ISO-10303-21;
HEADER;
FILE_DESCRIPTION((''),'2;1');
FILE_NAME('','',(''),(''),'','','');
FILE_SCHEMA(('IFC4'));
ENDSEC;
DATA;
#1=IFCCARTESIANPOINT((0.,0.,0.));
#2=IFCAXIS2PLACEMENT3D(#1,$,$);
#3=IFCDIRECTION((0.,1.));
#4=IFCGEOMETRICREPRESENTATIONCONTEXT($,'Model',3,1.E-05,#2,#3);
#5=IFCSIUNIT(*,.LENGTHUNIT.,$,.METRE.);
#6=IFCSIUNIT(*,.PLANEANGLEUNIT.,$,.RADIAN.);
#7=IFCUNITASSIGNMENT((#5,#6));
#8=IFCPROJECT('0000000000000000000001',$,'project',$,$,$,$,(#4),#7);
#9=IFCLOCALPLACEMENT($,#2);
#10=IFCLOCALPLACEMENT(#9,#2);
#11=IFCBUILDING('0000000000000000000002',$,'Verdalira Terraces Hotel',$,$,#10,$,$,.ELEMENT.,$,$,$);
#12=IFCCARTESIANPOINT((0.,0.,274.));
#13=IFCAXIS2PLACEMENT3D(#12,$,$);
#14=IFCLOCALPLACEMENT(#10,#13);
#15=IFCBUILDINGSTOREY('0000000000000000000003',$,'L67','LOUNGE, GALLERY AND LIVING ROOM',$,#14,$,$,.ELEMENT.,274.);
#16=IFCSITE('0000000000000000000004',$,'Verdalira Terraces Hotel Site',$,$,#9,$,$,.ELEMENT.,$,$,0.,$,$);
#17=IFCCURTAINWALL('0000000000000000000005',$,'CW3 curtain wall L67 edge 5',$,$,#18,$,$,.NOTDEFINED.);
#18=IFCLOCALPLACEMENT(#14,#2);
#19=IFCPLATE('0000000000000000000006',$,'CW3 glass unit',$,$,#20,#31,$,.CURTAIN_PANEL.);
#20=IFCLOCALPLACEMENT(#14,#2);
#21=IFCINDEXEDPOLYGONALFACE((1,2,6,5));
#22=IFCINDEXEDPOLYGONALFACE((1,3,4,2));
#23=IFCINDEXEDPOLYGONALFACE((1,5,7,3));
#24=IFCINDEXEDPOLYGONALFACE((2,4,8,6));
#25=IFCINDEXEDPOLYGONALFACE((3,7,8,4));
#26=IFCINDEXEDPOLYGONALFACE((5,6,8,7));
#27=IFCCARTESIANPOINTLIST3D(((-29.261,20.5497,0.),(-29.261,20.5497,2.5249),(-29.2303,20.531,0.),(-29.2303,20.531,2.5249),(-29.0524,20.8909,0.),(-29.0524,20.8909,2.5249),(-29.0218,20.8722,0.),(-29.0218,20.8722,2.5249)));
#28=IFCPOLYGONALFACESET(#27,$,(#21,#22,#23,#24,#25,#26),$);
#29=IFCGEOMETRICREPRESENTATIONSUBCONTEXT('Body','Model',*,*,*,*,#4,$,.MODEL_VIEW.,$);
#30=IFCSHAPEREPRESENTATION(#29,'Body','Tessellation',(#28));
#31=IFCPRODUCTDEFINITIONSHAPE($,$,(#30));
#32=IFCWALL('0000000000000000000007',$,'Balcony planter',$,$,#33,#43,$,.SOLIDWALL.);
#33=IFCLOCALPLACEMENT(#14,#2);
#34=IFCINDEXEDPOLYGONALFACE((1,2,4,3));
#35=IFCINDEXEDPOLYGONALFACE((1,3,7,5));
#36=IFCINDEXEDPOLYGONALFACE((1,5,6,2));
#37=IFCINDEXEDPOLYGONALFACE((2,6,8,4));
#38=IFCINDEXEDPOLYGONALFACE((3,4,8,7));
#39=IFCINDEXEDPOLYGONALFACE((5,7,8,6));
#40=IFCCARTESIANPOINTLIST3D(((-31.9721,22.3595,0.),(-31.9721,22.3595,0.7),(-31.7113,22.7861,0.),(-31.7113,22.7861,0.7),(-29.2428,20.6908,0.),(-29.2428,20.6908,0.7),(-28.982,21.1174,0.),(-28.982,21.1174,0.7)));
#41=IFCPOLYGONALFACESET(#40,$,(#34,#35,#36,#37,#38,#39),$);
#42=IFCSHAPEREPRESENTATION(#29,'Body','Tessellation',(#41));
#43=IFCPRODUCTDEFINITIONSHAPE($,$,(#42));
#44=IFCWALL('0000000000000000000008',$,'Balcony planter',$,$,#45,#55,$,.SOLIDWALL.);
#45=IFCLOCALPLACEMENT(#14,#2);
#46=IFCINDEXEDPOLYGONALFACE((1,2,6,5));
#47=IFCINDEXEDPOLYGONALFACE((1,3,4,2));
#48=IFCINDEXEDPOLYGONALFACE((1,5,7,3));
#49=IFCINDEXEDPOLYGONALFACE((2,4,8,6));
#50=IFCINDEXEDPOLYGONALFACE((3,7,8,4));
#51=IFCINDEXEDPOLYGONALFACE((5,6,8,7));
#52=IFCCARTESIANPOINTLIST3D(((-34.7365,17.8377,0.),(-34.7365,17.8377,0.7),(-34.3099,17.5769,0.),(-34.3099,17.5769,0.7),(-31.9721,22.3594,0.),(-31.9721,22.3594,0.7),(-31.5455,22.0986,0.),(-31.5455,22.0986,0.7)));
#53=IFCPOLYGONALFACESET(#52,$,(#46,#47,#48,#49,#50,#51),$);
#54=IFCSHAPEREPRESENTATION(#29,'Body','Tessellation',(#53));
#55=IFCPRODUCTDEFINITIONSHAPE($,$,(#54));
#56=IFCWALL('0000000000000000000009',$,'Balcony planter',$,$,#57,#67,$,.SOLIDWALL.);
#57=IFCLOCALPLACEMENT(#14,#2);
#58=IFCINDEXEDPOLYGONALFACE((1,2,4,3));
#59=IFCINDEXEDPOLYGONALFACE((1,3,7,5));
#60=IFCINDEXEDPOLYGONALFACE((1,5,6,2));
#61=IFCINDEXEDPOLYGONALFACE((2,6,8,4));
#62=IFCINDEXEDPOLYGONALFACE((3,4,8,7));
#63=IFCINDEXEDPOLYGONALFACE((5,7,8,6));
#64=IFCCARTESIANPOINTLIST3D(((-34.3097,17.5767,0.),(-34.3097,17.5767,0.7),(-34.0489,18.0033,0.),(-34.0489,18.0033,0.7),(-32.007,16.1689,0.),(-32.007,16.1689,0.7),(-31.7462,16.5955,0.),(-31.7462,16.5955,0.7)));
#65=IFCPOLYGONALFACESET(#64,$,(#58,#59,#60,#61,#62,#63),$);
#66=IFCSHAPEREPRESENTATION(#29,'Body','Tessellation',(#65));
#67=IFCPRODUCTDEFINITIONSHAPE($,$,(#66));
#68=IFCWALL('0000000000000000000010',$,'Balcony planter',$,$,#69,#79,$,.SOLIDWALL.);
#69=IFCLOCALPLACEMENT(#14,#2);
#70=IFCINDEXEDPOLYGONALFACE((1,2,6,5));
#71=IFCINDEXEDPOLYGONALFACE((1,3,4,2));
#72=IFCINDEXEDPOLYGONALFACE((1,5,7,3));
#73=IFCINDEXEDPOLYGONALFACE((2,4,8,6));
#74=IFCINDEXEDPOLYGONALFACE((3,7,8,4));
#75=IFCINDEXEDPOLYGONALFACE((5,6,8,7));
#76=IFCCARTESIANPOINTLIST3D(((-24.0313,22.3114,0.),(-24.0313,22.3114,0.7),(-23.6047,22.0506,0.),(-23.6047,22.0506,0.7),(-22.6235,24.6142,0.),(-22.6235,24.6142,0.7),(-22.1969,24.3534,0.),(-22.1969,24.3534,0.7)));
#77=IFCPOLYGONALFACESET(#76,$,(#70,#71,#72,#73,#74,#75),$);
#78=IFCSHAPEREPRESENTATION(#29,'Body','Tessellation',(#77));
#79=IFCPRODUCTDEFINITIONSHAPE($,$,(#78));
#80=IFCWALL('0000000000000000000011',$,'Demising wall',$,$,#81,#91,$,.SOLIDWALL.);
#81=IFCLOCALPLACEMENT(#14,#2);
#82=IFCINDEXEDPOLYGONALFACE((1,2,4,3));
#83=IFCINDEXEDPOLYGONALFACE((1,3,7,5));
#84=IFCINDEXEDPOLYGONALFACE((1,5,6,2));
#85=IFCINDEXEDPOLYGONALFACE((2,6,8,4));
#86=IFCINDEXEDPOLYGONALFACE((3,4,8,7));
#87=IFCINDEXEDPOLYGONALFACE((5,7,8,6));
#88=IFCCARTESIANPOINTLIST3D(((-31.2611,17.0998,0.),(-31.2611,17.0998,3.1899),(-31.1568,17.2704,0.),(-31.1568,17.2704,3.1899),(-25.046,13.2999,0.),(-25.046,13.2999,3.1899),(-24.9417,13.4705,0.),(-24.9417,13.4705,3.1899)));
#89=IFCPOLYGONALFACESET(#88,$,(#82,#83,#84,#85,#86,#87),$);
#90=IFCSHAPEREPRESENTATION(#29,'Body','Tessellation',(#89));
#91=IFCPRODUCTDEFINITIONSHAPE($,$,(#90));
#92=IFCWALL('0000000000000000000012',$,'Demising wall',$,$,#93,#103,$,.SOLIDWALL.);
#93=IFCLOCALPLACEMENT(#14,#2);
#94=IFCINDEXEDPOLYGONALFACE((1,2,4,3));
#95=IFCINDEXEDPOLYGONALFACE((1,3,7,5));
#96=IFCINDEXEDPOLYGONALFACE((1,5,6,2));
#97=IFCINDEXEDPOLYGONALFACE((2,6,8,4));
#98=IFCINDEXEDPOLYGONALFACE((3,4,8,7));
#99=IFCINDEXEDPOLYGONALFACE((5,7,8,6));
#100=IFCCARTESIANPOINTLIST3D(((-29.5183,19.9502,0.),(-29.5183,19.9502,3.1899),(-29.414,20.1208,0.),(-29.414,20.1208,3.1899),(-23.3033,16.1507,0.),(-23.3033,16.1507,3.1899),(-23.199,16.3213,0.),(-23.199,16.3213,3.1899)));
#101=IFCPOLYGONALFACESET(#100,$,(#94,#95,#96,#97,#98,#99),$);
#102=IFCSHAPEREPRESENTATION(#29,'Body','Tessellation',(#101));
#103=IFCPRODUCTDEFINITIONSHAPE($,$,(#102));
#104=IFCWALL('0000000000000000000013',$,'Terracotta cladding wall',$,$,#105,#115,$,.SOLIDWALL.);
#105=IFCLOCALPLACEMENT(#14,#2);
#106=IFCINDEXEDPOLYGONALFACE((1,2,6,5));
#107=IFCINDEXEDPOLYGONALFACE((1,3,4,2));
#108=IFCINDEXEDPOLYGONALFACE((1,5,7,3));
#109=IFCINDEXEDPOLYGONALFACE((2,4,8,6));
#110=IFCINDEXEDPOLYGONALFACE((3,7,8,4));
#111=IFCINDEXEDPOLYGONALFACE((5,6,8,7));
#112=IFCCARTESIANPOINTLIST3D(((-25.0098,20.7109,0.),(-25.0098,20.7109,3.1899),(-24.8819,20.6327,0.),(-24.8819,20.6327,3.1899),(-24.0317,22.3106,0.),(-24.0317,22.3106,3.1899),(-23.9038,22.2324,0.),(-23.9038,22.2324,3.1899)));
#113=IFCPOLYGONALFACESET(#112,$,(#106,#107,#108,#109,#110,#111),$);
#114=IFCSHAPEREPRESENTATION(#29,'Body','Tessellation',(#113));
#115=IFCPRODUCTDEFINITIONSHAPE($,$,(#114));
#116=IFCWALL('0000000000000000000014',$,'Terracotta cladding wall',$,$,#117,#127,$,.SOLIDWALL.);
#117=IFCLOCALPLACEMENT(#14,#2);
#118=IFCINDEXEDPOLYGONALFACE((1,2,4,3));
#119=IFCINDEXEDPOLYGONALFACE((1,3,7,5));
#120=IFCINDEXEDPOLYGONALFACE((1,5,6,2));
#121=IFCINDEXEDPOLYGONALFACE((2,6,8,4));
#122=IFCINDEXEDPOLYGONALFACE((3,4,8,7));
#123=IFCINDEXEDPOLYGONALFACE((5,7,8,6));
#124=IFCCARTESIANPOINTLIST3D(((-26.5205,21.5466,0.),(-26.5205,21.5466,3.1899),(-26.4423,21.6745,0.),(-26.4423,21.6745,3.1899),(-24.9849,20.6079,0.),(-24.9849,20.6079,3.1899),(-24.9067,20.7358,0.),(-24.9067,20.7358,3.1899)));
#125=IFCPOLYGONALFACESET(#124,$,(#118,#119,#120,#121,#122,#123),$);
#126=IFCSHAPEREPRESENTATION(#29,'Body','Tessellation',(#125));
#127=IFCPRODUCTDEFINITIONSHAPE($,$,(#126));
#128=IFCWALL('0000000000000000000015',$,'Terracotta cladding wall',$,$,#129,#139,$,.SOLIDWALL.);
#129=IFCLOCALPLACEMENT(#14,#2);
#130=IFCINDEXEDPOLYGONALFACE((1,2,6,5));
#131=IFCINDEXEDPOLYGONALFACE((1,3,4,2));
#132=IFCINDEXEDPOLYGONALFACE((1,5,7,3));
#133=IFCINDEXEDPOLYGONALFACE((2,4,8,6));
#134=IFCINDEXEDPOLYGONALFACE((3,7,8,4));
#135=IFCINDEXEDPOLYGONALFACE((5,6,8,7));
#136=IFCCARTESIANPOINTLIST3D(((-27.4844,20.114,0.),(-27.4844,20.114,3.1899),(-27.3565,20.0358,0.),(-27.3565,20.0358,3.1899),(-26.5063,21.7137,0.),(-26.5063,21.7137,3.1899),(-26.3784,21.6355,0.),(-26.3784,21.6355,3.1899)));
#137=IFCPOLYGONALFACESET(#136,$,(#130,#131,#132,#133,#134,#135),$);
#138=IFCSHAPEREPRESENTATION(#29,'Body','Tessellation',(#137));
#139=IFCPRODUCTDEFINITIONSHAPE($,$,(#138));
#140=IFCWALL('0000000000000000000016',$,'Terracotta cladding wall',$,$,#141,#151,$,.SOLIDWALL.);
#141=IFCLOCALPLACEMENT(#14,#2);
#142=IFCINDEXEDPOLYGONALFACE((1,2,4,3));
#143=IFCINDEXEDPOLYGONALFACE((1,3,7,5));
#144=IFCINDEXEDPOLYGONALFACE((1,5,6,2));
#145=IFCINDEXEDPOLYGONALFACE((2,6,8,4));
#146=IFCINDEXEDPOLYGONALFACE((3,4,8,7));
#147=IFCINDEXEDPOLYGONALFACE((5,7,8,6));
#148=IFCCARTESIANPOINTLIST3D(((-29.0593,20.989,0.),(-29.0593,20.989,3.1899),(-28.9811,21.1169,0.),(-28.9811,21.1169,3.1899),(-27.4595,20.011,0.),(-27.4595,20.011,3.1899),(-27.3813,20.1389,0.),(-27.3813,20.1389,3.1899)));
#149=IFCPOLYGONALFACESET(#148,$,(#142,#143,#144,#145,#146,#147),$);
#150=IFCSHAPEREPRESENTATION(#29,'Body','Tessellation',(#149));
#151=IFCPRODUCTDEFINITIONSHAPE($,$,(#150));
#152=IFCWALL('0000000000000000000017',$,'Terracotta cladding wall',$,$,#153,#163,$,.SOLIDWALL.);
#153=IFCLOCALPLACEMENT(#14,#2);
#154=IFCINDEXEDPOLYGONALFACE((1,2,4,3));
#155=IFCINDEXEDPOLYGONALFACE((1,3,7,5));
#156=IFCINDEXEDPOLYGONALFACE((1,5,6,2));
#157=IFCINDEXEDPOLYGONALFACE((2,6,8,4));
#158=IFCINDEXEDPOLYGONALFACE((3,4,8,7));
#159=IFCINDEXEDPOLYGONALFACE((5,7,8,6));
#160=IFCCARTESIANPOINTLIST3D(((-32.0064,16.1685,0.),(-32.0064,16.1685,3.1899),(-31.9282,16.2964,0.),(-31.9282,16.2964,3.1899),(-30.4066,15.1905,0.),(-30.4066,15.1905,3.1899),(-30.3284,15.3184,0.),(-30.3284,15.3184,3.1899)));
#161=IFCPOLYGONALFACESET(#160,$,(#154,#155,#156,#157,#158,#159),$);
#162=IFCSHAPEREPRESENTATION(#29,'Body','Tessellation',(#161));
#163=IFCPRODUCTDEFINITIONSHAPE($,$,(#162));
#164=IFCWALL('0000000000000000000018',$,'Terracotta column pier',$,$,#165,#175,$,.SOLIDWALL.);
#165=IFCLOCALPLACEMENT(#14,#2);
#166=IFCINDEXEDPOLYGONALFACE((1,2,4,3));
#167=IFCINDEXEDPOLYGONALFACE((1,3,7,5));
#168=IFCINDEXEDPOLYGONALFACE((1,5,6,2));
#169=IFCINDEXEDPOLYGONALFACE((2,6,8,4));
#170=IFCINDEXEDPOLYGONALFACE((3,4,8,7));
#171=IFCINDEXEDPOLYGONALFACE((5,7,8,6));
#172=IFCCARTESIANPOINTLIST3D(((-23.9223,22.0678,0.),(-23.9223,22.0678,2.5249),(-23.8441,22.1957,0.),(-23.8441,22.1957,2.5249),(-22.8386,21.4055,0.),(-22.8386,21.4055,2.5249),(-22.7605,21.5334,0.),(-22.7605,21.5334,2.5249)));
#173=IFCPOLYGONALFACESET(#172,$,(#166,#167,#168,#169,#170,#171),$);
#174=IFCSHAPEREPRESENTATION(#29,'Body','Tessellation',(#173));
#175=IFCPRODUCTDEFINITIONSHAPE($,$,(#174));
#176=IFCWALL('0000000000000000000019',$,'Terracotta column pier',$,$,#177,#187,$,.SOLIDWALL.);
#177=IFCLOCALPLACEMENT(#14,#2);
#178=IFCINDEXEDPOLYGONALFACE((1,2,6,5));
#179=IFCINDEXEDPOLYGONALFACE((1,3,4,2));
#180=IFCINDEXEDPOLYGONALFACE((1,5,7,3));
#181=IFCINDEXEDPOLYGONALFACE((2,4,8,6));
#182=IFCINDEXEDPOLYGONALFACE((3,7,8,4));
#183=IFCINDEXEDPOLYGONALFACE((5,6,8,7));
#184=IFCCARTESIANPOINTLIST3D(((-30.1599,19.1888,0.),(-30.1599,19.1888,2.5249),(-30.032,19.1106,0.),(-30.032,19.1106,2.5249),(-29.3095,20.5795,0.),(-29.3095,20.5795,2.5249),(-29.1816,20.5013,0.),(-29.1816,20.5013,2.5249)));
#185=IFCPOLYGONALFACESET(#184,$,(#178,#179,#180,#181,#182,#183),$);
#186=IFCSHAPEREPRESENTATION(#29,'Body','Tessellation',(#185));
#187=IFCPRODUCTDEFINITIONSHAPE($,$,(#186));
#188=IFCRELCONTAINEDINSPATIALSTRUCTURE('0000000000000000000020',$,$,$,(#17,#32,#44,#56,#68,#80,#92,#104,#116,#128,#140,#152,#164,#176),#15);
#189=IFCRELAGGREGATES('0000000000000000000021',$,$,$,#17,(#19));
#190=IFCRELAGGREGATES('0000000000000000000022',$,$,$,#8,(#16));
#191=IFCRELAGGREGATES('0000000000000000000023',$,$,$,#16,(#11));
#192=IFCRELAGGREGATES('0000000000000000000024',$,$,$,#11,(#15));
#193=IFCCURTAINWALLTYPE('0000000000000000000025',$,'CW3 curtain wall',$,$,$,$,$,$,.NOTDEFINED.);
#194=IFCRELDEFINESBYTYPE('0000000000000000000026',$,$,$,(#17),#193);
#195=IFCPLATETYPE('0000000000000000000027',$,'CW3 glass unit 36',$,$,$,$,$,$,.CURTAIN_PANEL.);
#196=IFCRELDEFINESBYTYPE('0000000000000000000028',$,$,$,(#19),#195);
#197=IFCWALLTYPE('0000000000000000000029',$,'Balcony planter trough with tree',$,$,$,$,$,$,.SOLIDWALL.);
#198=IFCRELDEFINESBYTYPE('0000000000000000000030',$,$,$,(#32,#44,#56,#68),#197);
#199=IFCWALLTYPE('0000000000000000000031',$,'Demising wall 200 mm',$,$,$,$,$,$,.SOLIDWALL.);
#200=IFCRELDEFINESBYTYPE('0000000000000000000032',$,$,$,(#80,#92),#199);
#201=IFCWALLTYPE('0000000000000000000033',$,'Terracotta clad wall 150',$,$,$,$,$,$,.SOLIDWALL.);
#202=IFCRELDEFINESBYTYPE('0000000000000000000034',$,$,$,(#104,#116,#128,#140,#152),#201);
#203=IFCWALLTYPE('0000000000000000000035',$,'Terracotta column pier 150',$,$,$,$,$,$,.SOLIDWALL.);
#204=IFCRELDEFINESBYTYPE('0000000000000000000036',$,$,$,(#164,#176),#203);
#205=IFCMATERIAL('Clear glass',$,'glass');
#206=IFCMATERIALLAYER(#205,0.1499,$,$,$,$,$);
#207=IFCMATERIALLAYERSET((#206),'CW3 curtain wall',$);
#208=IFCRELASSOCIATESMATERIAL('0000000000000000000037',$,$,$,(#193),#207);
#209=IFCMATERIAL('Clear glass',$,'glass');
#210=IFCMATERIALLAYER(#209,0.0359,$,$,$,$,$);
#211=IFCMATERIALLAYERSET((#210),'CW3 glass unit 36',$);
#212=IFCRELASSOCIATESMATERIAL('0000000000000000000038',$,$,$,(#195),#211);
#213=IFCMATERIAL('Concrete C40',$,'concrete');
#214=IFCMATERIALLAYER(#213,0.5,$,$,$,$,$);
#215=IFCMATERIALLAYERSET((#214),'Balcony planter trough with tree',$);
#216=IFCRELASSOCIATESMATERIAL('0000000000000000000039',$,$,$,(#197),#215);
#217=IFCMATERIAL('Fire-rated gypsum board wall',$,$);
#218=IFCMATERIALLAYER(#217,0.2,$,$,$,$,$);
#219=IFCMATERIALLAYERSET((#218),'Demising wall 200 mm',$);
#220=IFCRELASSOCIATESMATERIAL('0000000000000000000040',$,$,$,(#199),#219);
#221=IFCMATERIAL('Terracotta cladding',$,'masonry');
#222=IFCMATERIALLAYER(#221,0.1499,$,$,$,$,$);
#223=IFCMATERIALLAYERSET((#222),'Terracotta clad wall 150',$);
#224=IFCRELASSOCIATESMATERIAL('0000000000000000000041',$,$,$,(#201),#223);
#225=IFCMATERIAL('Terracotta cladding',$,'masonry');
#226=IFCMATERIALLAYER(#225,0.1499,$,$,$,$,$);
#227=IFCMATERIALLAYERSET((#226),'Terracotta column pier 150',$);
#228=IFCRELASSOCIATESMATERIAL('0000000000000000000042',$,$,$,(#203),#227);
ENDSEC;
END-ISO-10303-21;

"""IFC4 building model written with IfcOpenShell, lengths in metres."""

from ifc_helpers import new_model, si_unit, direction, frame, frame_2d, origin, origin_2d, place, context, subcontext, project, spatial, rectangle, extrude, material, layer, layer_set, type_object, element, aggregate, save


model = new_model("IFC4")

# Units and contexts
model_context = context("Model", 3, precision=1e-05, world=origin(), true_north=direction((0.0, 1.0)))
body_context = subcontext(model_context, "Body", "Model", "MODEL_VIEW")
ifc_project = project(units=[si_unit("LENGTHUNIT", "METRE"), si_unit("PLANEANGLEUNIT", "RADIAN")], contexts=[model_context])

# Site, building, storey
site_placement = place(None, origin())
site = spatial("IfcSite", under=ifc_project, at=site_placement, Name="Verdalira Terraces Hotel Site", CompositionType="ELEMENT", RefElevation=0.0)
building_placement = place(site_placement, origin())
building = spatial("IfcBuilding", under=site, at=building_placement, Name="Verdalira Terraces Hotel", CompositionType="ELEMENT")
storey_placement = place(building_placement, frame((0.0, 0.0, 274.0)))
storey = spatial("IfcBuildingStorey", under=building, at=storey_placement, Name="L67", Description="LOUNGE, GALLERY AND LIVING ROOM", CompositionType="ELEMENT", Elevation=274.0)

# Curtain wall
ifc_material_1 = material(Name="Clear glass", Category="glass")
ifc_layer_1 = layer(ifc_material_1, 0.1499)
ifc_layer_set_1 = layer_set([ifc_layer_1], Name="CW3 curtain wall")
curtain_wall_type_1 = type_object("IfcCurtainWallType", Name="CW3 curtain wall", PredefinedType="NOTDEFINED", material=ifc_layer_set_1)
curtain_wall_1_placement = place(storey_placement, origin())
curtain_wall_1 = element("IfcCurtainWall", 1, at=curtain_wall_1_placement, inside=storey, type_object=curtain_wall_type_1, Name="CW3 curtain wall L67 edge 5", PredefinedType="NOTDEFINED")

# Plate
ifc_material_2 = material(Name="Clear glass", Category="glass")
ifc_layer_2 = layer(ifc_material_2, 0.0359)
ifc_layer_set_2 = layer_set([ifc_layer_2], Name="CW3 glass unit 36")
plate_type = type_object("IfcPlateType", Name="CW3 glass unit 36", PredefinedType="CURTAIN_PANEL", material=ifc_layer_set_2)
plate_placement = place(storey_placement, frame((-29.1414, 20.7109, 0.0), z_axis=(0.0, 0.0, 1.0), x_axis=(-0.521605, -0.853187, 0.0)))
plate = element("IfcPlate", 2, at=plate_placement, type_object=plate_type, Name="CW3 glass unit", PredefinedType="CURTAIN_PANEL", context=body_context, shape_type="SweptSolid", body=[
    extrude(rectangle(XDim=0.3999, YDim=0.0359, at=origin_2d()), origin(), (0.0, 0.0, 1.0), 2.5249),
])
aggregate(curtain_wall_1, [plate])

# Walls
ifc_material_3 = material(Name="Concrete C40", Category="concrete")
ifc_layer_3 = layer(ifc_material_3, 0.5)
ifc_layer_set_3 = layer_set([ifc_layer_3], Name="Balcony planter trough with tree")
wall_type_1 = type_object("IfcWallType", Name="Balcony planter trough with tree", PredefinedType="SOLIDWALL", material=ifc_layer_set_3)
wall_1_placement = place(storey_placement, frame((-29.1123, 20.9041, 0.0), z_axis=(0.0, 0.0, 1.0), x_axis=(-0.853167, 0.521638, 0.0)))
element("IfcWall", 3, at=wall_1_placement, inside=storey, type_object=wall_type_1, Name="Balcony planter", PredefinedType="SOLIDWALL", context=body_context, shape_type="SweptSolid", body=[
    extrude(rectangle(XDim=3.199, YDim=0.5, at=frame_2d((1.5996, 0.0))), origin(), (0.0, 0.0, 1.0), 0.7),
])
wall_2_placement = place(storey_placement, frame((-31.7588, 22.229, 0.0), z_axis=(0.0, 0.0, 1.0), x_axis=(-0.521605, -0.853187, 0.0)))
element("IfcWall", 4, at=wall_2_placement, inside=storey, type_object=wall_type_1, Name="Balcony planter", PredefinedType="SOLIDWALL", context=body_context, shape_type="SweptSolid", body=[
    extrude(rectangle(XDim=5.2998, YDim=0.5, at=frame_2d((2.6499, 0.0))), origin(), (0.0, 0.0, 1.0), 0.7),
])
for number, where, z_axis, x_axis, name in (
    (5, (-34.1794, 17.79, 0.0), (0.0, 0.0, 1.0), (0.853201, -0.521582, 0.0), "Balcony planter"),
    (6, (-22.4102, 24.4839, 0.0), (0.0, 0.0, 1.0), (-0.521582, -0.853201, 0.0), "Balcony planter"),
):
    element("IfcWall", number, at=place(storey_placement, frame(where, z_axis=z_axis, x_axis=x_axis)), inside=storey, type_object=wall_type_1, Name=name, PredefinedType="SOLIDWALL", context=body_context, shape_type="SweptSolid", body=[
        extrude(rectangle(XDim=2.699, YDim=0.5, at=frame_2d((1.3496, 0.0))), origin(), (0.0, 0.0, 1.0), 0.7),
    ])
ifc_material_4 = material(Name="Fire-rated gypsum board wall")
ifc_layer_4 = layer(ifc_material_4, 0.2)
ifc_layer_set_4 = layer_set([ifc_layer_4], Name="Demising wall 200 mm")
wall_type_2 = type_object("IfcWallType", Name="Demising wall 200 mm", PredefinedType="SOLIDWALL", material=ifc_layer_set_4)
wall_3_placement = place(storey_placement, frame((-31.209, 17.1851, 0.0), z_axis=(0.0, 0.0, 1.0), x_axis=(0.853178, -0.521619, 0.0)))
element("IfcWall", 7, at=wall_3_placement, inside=storey, type_object=wall_type_2, Name="Demising wall", PredefinedType="SOLIDWALL", context=body_context, shape_type="SweptSolid", body=[
    extrude(rectangle(XDim=7.2847, YDim=0.2, at=frame_2d((3.6423, 0.0))), origin(), (0.0, 0.0, 1.0), 3.1899),
])
wall_4_placement = place(storey_placement, frame((-23.2512, 16.2361, 0.0), z_axis=(0.0, 0.0, 1.0), x_axis=(-0.853193, 0.521595, 0.0)))
element("IfcWall", 8, at=wall_4_placement, inside=storey, type_object=wall_type_2, Name="Demising wall", PredefinedType="SOLIDWALL", context=body_context, shape_type="SweptSolid", body=[
    extrude(rectangle(XDim=7.2844, YDim=0.2, at=frame_2d((3.6421, 0.0))), origin(), (0.0, 0.0, 1.0), 3.1899),
])
ifc_material_5 = material(Name="Terracotta cladding", Category="masonry")
ifc_layer_5 = layer(ifc_material_5, 0.1499)
ifc_layer_set_5 = layer_set([ifc_layer_5], Name="Terracotta clad wall 150")
wall_type_3 = type_object("IfcWallType", Name="Terracotta clad wall 150", PredefinedType="SOLIDWALL", material=ifc_layer_set_5)
wall_5_placement = place(storey_placement, frame((-23.9678, 22.2715, 0.0), z_axis=(0.0, 0.0, 1.0), x_axis=(-0.52164, -0.853166, 0.0)))
element("IfcWall", 9, at=wall_5_placement, inside=storey, type_object=wall_type_3, Name="Terracotta cladding wall", PredefinedType="SOLIDWALL", context=body_context, shape_type="SweptSolid", body=[
    extrude(rectangle(XDim=1.875, YDim=0.1499, at=frame_2d((0.9375, 0.0))), origin(), (0.0, 0.0, 1.0), 3.1899),
])
wall_6_placement = place(storey_placement, frame((-24.9458, 20.6719, 0.0), z_axis=(0.0, 0.0, 1.0), x_axis=(-0.853215, 0.52156, 0.0)))
element("IfcWall", 10, at=wall_6_placement, inside=storey, type_object=wall_type_3, Name="Terracotta cladding wall", PredefinedType="SOLIDWALL", context=body_context, shape_type="SweptSolid", body=[
    extrude(rectangle(XDim=1.7998, YDim=0.1499, at=frame_2d((0.8999, 0.0))), origin(), (0.0, 0.0, 1.0), 3.1899),
])
for number, where, z_axis, x_axis, name in (
    (11, (-26.4424, 21.6746, 0.0), (0.0, 0.0, 1.0), (-0.52164, -0.853166, 0.0), "Terracotta cladding wall"),
    (12, (-27.4204, 20.075, 0.0), (0.0, 0.0, 1.0), (-0.853201, 0.521582, 0.0), "Terracotta cladding wall"),
    (13, (-31.9673, 16.2324, 0.0), (0.0, 0.0, 1.0), (0.853201, -0.521582, 0.0), "Terracotta cladding wall"),
):
    element("IfcWall", number, at=place(storey_placement, frame(where, z_axis=z_axis, x_axis=x_axis)), inside=storey, type_object=wall_type_3, Name=name, PredefinedType="SOLIDWALL", context=body_context, shape_type="SweptSolid", body=[
        extrude(rectangle(XDim=1.875, YDim=0.1499, at=frame_2d((0.9375, 0.0))), origin(), (0.0, 0.0, 1.0), 3.1899),
    ])
ifc_material_6 = material(Name="Terracotta cladding", Category="masonry")
ifc_layer_6 = layer(ifc_material_6, 0.1499)
ifc_layer_set_6 = layer_set([ifc_layer_6], Name="Terracotta column pier 150")
wall_type_4 = type_object("IfcWallType", Name="Terracotta column pier 150", PredefinedType="SOLIDWALL", material=ifc_layer_set_6)
wall_7_placement = place(storey_placement, frame((-22.7996, 21.4695, 0.0), z_axis=(0.0, 0.0, 1.0), x_axis=(-0.853258, 0.521489, 0.0)))
element("IfcWall", 14, at=wall_7_placement, inside=storey, type_object=wall_type_4, Name="Terracotta column pier", PredefinedType="SOLIDWALL", context=body_context, shape_type="SweptSolid", body=[
    extrude(rectangle(XDim=1.27, YDim=0.1499, at=frame_2d((0.635, 0.0))), origin(), (0.0, 0.0, 1.0), 2.5249),
])
wall_8_placement = place(storey_placement, frame((-29.2456, 20.5403, 0.0), z_axis=(0.0, 0.0, 1.0), x_axis=(-0.52168, -0.853141, 0.0)))
element("IfcWall", 15, at=wall_8_placement, inside=storey, type_object=wall_type_4, Name="Terracotta column pier", PredefinedType="SOLIDWALL", context=body_context, shape_type="SweptSolid", body=[
    extrude(rectangle(XDim=1.6301, YDim=0.1499, at=frame_2d((0.8149, 0.0))), origin(), (0.0, 0.0, 1.0), 2.5249),
])

save(model, "model.ifc")
